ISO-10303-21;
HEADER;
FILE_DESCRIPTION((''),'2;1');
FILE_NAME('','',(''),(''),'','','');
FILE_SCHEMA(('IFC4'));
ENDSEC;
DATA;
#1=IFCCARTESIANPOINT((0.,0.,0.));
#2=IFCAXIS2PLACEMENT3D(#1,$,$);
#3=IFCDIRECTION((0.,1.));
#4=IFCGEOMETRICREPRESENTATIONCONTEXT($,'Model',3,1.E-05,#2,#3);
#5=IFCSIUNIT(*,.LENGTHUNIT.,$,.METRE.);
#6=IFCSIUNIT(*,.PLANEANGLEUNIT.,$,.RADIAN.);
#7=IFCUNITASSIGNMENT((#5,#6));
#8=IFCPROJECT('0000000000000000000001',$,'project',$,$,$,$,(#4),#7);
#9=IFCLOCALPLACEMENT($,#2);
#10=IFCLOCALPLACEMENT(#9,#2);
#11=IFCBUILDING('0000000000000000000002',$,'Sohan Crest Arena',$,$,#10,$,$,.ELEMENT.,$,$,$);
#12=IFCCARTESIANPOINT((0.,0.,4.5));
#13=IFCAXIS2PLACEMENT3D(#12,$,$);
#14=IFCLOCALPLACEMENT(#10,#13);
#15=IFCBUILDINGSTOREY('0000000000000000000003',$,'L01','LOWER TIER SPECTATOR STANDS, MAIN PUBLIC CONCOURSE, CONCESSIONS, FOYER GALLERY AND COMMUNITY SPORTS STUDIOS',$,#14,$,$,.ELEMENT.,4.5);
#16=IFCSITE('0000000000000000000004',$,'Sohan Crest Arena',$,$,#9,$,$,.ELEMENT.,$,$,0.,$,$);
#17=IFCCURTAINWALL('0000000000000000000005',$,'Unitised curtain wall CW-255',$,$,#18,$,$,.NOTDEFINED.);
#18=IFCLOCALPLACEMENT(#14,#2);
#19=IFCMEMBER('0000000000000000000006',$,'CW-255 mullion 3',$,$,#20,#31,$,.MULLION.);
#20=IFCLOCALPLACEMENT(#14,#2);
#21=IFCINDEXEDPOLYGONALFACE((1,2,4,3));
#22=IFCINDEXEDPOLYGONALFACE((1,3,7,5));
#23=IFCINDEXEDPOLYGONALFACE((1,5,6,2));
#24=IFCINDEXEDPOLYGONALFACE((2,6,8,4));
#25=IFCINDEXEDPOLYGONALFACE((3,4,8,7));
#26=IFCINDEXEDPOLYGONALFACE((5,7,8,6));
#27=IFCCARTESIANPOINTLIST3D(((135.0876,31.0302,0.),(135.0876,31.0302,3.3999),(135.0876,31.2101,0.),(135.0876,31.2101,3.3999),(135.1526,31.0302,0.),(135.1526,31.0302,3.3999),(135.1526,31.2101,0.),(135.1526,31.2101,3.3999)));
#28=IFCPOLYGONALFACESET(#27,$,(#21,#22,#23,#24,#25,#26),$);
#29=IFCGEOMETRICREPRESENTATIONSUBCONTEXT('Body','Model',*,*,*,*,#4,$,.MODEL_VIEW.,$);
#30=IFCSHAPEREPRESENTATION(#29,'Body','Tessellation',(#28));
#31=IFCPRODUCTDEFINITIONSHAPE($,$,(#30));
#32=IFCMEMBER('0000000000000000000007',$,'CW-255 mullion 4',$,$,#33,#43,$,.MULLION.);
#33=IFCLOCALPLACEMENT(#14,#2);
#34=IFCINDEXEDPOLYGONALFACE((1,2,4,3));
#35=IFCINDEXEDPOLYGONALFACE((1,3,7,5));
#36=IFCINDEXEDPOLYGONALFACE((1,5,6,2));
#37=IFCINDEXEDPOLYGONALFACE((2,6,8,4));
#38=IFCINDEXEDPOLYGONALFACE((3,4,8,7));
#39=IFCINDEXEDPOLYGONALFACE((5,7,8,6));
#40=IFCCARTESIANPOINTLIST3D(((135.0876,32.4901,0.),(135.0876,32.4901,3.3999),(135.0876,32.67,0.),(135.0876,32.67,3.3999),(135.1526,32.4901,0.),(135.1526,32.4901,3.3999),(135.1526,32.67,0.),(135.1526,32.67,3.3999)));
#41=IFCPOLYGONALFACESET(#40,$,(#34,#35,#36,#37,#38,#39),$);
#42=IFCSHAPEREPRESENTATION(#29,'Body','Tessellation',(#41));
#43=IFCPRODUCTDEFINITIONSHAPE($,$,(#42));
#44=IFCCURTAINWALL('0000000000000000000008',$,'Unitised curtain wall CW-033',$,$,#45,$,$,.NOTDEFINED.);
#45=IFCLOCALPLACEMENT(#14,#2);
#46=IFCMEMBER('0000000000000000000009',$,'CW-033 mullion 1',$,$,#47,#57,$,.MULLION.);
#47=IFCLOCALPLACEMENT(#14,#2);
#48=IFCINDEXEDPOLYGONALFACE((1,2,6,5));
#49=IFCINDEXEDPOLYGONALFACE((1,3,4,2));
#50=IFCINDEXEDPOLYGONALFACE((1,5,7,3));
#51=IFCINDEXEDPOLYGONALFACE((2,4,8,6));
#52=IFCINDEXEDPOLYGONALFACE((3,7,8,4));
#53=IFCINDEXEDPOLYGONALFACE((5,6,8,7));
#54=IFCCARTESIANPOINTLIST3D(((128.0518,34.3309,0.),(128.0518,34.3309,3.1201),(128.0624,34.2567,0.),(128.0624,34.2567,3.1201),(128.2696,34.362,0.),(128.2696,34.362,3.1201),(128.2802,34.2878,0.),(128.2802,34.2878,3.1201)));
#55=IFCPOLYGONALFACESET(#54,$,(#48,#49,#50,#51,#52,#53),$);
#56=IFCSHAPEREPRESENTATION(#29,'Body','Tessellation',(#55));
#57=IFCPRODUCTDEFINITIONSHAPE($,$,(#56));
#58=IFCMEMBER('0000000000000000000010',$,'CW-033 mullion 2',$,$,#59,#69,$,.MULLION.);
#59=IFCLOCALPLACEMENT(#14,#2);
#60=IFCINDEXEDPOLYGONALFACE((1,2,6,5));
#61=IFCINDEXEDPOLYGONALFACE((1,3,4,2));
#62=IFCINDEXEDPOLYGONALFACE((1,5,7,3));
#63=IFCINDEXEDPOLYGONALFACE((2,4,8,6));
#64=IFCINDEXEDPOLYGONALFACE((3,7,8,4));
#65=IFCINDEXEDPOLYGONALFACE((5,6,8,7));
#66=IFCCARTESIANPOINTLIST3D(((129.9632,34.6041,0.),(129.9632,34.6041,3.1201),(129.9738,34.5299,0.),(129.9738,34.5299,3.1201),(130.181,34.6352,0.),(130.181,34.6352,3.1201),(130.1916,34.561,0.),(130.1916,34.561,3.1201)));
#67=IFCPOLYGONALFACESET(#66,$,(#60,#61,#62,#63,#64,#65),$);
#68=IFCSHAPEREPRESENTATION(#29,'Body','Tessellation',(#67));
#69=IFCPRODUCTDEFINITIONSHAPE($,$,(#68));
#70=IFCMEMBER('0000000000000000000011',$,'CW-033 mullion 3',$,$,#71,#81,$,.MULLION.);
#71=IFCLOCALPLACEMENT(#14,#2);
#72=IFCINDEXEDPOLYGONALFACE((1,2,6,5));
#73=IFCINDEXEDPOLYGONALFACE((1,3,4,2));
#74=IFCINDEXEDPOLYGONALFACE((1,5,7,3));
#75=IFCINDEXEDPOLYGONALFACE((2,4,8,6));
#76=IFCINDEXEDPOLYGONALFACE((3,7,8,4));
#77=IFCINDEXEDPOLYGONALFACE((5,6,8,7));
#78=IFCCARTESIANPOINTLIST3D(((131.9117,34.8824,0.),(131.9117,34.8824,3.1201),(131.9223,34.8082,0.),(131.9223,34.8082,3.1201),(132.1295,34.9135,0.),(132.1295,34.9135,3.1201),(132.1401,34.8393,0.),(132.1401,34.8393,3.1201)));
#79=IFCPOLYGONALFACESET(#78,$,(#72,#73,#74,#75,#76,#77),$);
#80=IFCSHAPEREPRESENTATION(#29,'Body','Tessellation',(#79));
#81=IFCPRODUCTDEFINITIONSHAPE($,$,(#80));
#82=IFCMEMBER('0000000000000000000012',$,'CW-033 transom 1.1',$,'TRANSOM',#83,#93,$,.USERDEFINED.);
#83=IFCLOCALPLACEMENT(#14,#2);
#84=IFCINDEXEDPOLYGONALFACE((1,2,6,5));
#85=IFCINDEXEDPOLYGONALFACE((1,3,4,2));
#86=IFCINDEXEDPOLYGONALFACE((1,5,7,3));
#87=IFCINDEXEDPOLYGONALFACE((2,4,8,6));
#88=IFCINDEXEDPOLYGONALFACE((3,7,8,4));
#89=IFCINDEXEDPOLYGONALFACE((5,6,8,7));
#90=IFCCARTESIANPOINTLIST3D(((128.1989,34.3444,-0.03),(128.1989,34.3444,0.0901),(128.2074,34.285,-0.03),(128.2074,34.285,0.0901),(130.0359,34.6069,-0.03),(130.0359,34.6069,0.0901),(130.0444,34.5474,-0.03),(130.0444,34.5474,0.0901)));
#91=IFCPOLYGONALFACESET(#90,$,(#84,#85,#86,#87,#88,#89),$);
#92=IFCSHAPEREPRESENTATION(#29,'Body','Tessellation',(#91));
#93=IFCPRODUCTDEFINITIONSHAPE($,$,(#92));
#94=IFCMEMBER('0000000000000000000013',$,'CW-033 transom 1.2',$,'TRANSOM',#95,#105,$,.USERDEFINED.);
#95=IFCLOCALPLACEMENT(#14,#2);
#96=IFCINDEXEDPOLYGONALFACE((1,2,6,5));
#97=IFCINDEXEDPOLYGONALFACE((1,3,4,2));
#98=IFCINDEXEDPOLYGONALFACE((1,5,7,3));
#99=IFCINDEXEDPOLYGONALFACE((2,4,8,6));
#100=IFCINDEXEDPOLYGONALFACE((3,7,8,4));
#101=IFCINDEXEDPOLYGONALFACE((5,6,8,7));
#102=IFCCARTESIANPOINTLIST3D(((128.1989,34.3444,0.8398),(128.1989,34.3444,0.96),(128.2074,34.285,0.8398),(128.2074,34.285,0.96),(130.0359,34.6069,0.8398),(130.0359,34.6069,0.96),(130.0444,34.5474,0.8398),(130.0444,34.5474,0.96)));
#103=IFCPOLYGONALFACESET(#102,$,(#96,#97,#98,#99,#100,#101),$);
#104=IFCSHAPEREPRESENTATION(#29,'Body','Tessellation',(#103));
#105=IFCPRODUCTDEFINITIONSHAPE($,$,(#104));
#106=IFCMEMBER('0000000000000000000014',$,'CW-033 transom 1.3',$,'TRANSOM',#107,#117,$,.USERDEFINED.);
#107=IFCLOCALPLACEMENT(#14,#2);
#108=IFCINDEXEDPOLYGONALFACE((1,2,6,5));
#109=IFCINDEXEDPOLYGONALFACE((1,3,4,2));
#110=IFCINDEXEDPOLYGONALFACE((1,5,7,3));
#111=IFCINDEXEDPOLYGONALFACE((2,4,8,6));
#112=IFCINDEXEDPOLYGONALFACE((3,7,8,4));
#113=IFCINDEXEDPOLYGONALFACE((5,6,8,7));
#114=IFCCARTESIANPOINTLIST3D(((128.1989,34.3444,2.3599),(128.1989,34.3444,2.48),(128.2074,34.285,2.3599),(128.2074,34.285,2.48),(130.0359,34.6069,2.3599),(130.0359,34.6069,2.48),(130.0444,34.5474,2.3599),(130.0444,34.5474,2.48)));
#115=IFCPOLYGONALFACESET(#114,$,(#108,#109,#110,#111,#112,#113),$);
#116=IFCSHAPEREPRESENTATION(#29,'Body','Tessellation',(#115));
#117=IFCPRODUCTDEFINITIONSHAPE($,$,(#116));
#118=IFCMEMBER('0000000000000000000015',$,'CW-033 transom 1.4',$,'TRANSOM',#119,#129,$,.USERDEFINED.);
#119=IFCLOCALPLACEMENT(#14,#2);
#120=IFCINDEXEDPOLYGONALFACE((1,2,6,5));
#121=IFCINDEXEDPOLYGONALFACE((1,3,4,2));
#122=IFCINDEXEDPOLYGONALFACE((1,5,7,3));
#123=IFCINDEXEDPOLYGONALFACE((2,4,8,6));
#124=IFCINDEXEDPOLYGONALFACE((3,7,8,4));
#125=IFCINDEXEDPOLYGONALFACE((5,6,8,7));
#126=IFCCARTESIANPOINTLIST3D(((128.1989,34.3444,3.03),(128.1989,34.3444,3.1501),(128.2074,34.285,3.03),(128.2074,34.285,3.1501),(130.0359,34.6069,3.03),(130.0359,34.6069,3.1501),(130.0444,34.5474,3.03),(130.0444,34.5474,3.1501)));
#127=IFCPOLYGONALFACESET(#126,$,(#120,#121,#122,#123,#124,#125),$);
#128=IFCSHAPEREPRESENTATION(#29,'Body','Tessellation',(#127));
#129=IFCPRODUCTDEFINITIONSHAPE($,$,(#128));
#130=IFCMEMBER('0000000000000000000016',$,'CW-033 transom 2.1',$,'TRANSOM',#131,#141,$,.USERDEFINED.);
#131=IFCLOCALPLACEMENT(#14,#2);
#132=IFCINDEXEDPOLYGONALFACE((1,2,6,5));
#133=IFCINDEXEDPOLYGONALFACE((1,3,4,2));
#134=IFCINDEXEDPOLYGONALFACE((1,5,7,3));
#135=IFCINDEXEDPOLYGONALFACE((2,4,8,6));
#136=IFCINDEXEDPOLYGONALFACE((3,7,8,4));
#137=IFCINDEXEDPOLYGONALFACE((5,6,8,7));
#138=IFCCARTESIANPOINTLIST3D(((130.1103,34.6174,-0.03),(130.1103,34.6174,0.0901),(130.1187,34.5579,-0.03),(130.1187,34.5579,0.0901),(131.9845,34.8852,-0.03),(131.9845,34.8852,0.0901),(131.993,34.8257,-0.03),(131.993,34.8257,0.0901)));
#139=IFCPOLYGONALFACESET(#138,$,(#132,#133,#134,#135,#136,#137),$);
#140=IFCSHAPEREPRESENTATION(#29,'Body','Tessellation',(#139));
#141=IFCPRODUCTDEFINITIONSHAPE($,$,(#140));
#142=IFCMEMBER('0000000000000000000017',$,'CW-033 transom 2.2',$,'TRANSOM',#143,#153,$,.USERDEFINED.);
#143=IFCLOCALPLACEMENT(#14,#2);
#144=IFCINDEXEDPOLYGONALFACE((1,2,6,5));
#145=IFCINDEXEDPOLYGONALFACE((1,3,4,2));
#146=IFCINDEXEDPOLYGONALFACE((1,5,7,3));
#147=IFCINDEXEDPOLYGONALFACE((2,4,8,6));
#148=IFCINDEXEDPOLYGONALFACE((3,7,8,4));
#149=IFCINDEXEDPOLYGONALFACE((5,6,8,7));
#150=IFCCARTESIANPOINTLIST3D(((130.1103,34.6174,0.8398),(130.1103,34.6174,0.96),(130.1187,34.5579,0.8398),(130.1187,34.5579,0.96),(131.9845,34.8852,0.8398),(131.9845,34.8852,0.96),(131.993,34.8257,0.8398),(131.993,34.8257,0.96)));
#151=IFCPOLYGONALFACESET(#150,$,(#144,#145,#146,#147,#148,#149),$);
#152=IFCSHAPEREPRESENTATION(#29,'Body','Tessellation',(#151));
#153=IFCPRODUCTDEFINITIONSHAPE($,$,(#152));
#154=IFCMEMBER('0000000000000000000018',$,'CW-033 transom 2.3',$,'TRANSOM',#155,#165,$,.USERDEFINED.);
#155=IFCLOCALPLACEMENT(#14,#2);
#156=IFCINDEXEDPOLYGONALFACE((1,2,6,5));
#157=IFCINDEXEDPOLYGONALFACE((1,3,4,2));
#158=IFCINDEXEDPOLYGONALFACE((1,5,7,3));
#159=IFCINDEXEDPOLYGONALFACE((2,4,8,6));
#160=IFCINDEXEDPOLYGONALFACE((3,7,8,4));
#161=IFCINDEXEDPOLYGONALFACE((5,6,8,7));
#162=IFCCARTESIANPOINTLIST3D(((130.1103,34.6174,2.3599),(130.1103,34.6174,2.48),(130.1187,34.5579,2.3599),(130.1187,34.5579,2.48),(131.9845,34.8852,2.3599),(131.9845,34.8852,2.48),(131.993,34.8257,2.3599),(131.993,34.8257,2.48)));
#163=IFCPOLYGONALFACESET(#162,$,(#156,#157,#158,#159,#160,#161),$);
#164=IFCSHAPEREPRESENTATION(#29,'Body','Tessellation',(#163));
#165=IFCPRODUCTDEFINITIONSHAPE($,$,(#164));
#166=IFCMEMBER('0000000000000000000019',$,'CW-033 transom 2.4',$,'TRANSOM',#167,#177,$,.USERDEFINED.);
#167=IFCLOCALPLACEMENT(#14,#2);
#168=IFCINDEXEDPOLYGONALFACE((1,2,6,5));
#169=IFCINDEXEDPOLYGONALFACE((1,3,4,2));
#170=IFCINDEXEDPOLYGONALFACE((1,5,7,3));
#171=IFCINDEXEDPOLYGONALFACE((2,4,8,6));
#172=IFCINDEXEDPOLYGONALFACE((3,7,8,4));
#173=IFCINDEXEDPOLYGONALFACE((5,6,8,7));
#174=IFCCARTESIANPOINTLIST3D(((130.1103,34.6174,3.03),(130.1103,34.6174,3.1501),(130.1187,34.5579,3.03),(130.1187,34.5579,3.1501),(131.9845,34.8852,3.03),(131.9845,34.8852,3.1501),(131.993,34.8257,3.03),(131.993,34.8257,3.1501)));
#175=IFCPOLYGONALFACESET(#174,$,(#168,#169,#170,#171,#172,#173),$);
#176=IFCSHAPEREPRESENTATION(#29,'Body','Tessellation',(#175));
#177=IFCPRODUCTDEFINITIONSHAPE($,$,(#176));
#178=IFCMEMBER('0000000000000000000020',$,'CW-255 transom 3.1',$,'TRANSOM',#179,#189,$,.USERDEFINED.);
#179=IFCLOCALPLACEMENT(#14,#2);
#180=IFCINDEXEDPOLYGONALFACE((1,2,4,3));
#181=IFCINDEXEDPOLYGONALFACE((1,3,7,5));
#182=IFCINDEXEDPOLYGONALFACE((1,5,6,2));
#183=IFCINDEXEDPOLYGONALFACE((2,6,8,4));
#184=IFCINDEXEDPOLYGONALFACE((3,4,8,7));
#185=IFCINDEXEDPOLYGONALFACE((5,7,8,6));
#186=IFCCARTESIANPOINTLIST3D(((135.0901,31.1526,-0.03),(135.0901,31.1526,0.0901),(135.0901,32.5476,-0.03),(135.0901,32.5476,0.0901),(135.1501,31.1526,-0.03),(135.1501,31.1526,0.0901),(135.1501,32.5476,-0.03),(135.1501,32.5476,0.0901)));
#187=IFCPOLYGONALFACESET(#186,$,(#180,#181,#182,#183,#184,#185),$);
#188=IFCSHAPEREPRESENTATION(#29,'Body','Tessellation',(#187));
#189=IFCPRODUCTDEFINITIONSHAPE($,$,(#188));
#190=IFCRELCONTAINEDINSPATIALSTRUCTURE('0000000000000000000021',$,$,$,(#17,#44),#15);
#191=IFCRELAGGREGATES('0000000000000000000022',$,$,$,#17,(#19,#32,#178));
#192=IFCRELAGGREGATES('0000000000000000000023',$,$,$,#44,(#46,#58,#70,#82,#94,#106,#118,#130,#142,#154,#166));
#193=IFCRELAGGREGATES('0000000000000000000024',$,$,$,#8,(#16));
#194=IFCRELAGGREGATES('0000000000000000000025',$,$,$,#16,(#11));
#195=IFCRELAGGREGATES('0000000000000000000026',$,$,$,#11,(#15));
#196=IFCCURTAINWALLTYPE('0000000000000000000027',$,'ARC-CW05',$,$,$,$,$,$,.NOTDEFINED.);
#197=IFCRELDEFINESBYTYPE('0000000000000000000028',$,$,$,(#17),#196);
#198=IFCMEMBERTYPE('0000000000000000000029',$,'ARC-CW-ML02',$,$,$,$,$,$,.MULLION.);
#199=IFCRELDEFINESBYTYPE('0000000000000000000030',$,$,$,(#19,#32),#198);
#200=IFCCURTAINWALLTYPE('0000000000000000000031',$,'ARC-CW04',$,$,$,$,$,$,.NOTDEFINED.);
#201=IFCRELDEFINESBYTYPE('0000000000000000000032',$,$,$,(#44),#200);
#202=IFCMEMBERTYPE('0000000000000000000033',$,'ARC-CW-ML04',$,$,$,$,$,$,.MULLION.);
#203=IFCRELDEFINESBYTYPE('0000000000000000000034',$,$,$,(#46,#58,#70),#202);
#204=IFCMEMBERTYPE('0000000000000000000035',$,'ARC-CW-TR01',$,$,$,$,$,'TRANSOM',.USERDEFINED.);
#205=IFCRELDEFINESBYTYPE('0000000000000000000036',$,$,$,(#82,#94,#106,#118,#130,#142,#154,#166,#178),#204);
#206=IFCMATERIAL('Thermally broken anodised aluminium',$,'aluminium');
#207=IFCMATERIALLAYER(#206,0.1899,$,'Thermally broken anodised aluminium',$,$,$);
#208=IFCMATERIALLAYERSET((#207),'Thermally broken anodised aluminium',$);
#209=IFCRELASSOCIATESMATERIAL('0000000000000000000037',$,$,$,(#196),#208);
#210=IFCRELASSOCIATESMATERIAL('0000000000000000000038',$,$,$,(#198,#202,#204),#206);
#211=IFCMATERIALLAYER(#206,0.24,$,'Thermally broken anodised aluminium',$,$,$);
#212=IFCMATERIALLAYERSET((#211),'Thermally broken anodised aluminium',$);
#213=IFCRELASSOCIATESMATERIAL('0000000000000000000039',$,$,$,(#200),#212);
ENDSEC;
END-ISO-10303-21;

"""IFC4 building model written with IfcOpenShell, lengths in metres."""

from ifc_helpers import new_model, si_unit, direction, frame, origin, origin_2d, place, context, subcontext, project, spatial, rectangle, extrude, material, layer, layer_set, material_profile, profile_set, type_object, element, aggregate, save


model = new_model("IFC4")

# Units and contexts
model_context = context("Model", 3, precision=1e-05, world=origin(), true_north=direction((0.0, 1.0)))
body_context = subcontext(model_context, "Body", "Model", "MODEL_VIEW")
ifc_project = project(units=[si_unit("LENGTHUNIT", "METRE"), si_unit("PLANEANGLEUNIT", "RADIAN")], contexts=[model_context])

# Site, building, storey
site_placement = place(None, origin())
site = spatial("IfcSite", under=ifc_project, at=site_placement, Name="Sohan Crest Arena", CompositionType="ELEMENT", RefElevation=0.0)
building_placement = place(site_placement, origin())
building = spatial("IfcBuilding", under=site, at=building_placement, Name="Sohan Crest Arena", CompositionType="ELEMENT")
storey_placement = place(building_placement, frame((0.0, 0.0, 4.5)))
storey = spatial("IfcBuildingStorey", under=building, at=storey_placement, Name="L01", Description="LOWER TIER SPECTATOR STANDS, MAIN PUBLIC CONCOURSE, CONCESSIONS, FOYER GALLERY AND COMMUNITY SPORTS STUDIOS", CompositionType="ELEMENT", Elevation=4.5)

# Curtain walls, members
ifc_material_1 = material(Name="Thermally broken anodised aluminium", Category="aluminium")
ifc_layer_1 = layer(ifc_material_1, 0.1899, Name="Thermally broken anodised aluminium")
ifc_layer_set_1 = layer_set([ifc_layer_1], Name="Thermally broken anodised aluminium")
curtain_wall_type_1 = type_object("IfcCurtainWallType", Name="ARC-CW05", PredefinedType="NOTDEFINED", material=ifc_layer_set_1)
curtain_wall_1_placement = place(storey_placement, origin())
curtain_wall_1 = element("IfcCurtainWall", 1, at=curtain_wall_1_placement, inside=storey, type_object=curtain_wall_type_1, Name="Unitised curtain wall CW-255", PredefinedType="NOTDEFINED")
ifc_material_profile_1 = material_profile(ifc_material_1, rectangle(XDim=0.0649, YDim=0.1799, at=origin_2d()), Name="ALU-MULL 65x180")
ifc_profile_set_1 = profile_set([ifc_material_profile_1], Name="Thermally broken anodised aluminium")
member_type_1 = type_object("IfcMemberType", Name="ARC-CW-ML02", PredefinedType="MULLION", material=ifc_profile_set_1)
member_1_placement = place(storey_placement, frame((135.1201, 31.1201, 0.0), z_axis=(0.0, 0.0, 1.0), x_axis=(-1.0, 0.0, 0.0)))
member_1 = element("IfcMember", 2, at=member_1_placement, type_object=member_type_1, Name="CW-255 mullion 3", PredefinedType="MULLION", context=body_context, shape_type="SweptSolid", body=[
    extrude(rectangle(XDim=0.0649, YDim=0.1799, at=origin_2d()), origin(), (0.0, 0.0, 1.0), 3.3999),
])
member_2_placement = place(storey_placement, frame((135.1201, 32.5801, 0.0), z_axis=(0.0, 0.0, 1.0), x_axis=(-1.0, 0.0, 0.0)))
member_2 = element("IfcMember", 3, at=member_2_placement, type_object=member_type_1, Name="CW-255 mullion 4", PredefinedType="MULLION", context=body_context, shape_type="SweptSolid", body=[
    extrude(rectangle(XDim=0.0649, YDim=0.1799, at=origin_2d()), origin(), (0.0, 0.0, 1.0), 3.3999),
])
ifc_layer_2 = layer(ifc_material_1, 0.24, Name="Thermally broken anodised aluminium")
ifc_layer_set_2 = layer_set([ifc_layer_2], Name="Thermally broken anodised aluminium")
curtain_wall_type_2 = type_object("IfcCurtainWallType", Name="ARC-CW04", PredefinedType="NOTDEFINED", material=ifc_layer_set_2)
curtain_wall_2_placement = place(storey_placement, origin())
curtain_wall_2 = element("IfcCurtainWall", 4, at=curtain_wall_2_placement, inside=storey, type_object=curtain_wall_type_2, Name="Unitised curtain wall CW-033", PredefinedType="NOTDEFINED")
ifc_material_profile_2 = material_profile(ifc_material_1, rectangle(XDim=0.075, YDim=0.22, at=origin_2d()), Name="ALU-MULL 75x220")
ifc_profile_set_2 = profile_set([ifc_material_profile_2], Name="Thermally broken anodised aluminium")
member_type_2 = type_object("IfcMemberType", Name="ARC-CW-ML04", PredefinedType="MULLION", material=ifc_profile_set_2)
member_3_placement = place(storey_placement, frame((128.166, 34.3093, 0.0), z_axis=(0.0, 0.0, 1.0), x_axis=(-0.14145, 0.989945, 0.0)))
member_3 = element("IfcMember", 5, at=member_3_placement, type_object=member_type_2, Name="CW-033 mullion 1", PredefinedType="MULLION", context=body_context, shape_type="SweptSolid", body=[
    extrude(rectangle(XDim=0.075, YDim=0.22, at=origin_2d()), origin(), (0.0, 0.0, 1.0), 3.1201),
])
member_4_placement = place(storey_placement, frame((130.0774, 34.5825, 0.0), z_axis=(0.0, 0.0, 1.0), x_axis=(-0.14145, 0.989945, 0.0)))
member_4 = element("IfcMember", 6, at=member_4_placement, type_object=member_type_2, Name="CW-033 mullion 2", PredefinedType="MULLION", context=body_context, shape_type="SweptSolid", body=[
    extrude(rectangle(XDim=0.075, YDim=0.22, at=origin_2d()), origin(), (0.0, 0.0, 1.0), 3.1201),
])
member_5_placement = place(storey_placement, frame((132.0259, 34.8608, 0.0), z_axis=(0.0, 0.0, 1.0), x_axis=(-0.14145, 0.989945, 0.0)))
member_5 = element("IfcMember", 7, at=member_5_placement, type_object=member_type_2, Name="CW-033 mullion 3", PredefinedType="MULLION", context=body_context, shape_type="SweptSolid", body=[
    extrude(rectangle(XDim=0.075, YDim=0.22, at=origin_2d()), origin(), (0.0, 0.0, 1.0), 3.1201),
])
ifc_material_profile_3 = material_profile(ifc_material_1, rectangle(XDim=0.0601, YDim=0.1201, at=origin_2d()), Name="ALU-TRAN 60x120")
ifc_profile_set_3 = profile_set([ifc_material_profile_3], Name="Thermally broken anodised aluminium")
member_type_3 = type_object("IfcMemberType", Name="ARC-CW-TR01", ElementType="TRANSOM", PredefinedType="USERDEFINED", material=ifc_profile_set_3)
member_6_placement = place(storey_placement, frame((128.2031, 34.3147, 0.03), z_axis=(0.989949, 0.141421, 0.0), x_axis=(-0.141421, 0.989949, 0.0)))
member_6 = element("IfcMember", 8, at=member_6_placement, type_object=member_type_3, Name="CW-033 transom 1.1", ObjectType="TRANSOM", PredefinedType="USERDEFINED", context=body_context, shape_type="SweptSolid", body=[
    extrude(rectangle(XDim=0.0601, YDim=0.1201, at=origin_2d()), origin(), (0.0, 0.0, 1.0), 1.8557),
])
member_7_placement = place(storey_placement, frame((128.2031, 34.3147, 0.8999), z_axis=(0.989949, 0.141421, 0.0), x_axis=(-0.141421, 0.989949, 0.0)))
member_7 = element("IfcMember", 9, at=member_7_placement, type_object=member_type_3, Name="CW-033 transom 1.2", ObjectType="TRANSOM", PredefinedType="USERDEFINED", context=body_context, shape_type="SweptSolid", body=[
    extrude(rectangle(XDim=0.0601, YDim=0.1201, at=origin_2d()), origin(), (0.0, 0.0, 1.0), 1.8557),
])
member_8_placement = place(storey_placement, frame((128.2031, 34.3147, 2.4199), z_axis=(0.989949, 0.141421, 0.0), x_axis=(-0.141421, 0.989949, 0.0)))
member_8 = element("IfcMember", 10, at=member_8_placement, type_object=member_type_3, Name="CW-033 transom 1.3", ObjectType="TRANSOM", PredefinedType="USERDEFINED", context=body_context, shape_type="SweptSolid", body=[
    extrude(rectangle(XDim=0.0601, YDim=0.1201, at=origin_2d()), origin(), (0.0, 0.0, 1.0), 1.8557),
])
member_9_placement = place(storey_placement, frame((128.2031, 34.3147, 3.0901), z_axis=(0.989949, 0.141421, 0.0), x_axis=(-0.141421, 0.989949, 0.0)))
member_9 = element("IfcMember", 11, at=member_9_placement, type_object=member_type_3, Name="CW-033 transom 1.4", ObjectType="TRANSOM", PredefinedType="USERDEFINED", context=body_context, shape_type="SweptSolid", body=[
    extrude(rectangle(XDim=0.0601, YDim=0.1201, at=origin_2d()), origin(), (0.0, 0.0, 1.0), 1.8557),
])
member_10_placement = place(storey_placement, frame((130.1145, 34.5876, 0.03), z_axis=(0.989944, 0.141457, 0.0), x_axis=(-0.141457, 0.989944, 0.0)))
member_10 = element("IfcMember", 12, at=member_10_placement, type_object=member_type_3, Name="CW-033 transom 2.1", ObjectType="TRANSOM", PredefinedType="USERDEFINED", context=body_context, shape_type="SweptSolid", body=[
    extrude(rectangle(XDim=0.0601, YDim=0.1201, at=origin_2d()), origin(), (0.0, 0.0, 1.0), 1.8933),
])
member_11_placement = place(storey_placement, frame((130.1145, 34.5876, 0.8999), z_axis=(0.989944, 0.141457, 0.0), x_axis=(-0.141457, 0.989944, 0.0)))
member_11 = element("IfcMember", 13, at=member_11_placement, type_object=member_type_3, Name="CW-033 transom 2.2", ObjectType="TRANSOM", PredefinedType="USERDEFINED", context=body_context, shape_type="SweptSolid", body=[
    extrude(rectangle(XDim=0.0601, YDim=0.1201, at=origin_2d()), origin(), (0.0, 0.0, 1.0), 1.8933),
])
member_12_placement = place(storey_placement, frame((130.1145, 34.5876, 2.4199), z_axis=(0.989944, 0.141457, 0.0), x_axis=(-0.141457, 0.989944, 0.0)))
member_12 = element("IfcMember", 14, at=member_12_placement, type_object=member_type_3, Name="CW-033 transom 2.3", ObjectType="TRANSOM", PredefinedType="USERDEFINED", context=body_context, shape_type="SweptSolid", body=[
    extrude(rectangle(XDim=0.0601, YDim=0.1201, at=origin_2d()), origin(), (0.0, 0.0, 1.0), 1.8933),
])
member_13_placement = place(storey_placement, frame((130.1145, 34.5876, 3.0901), z_axis=(0.989944, 0.141457, 0.0), x_axis=(-0.141457, 0.989944, 0.0)))
member_13 = element("IfcMember", 15, at=member_13_placement, type_object=member_type_3, Name="CW-033 transom 2.4", ObjectType="TRANSOM", PredefinedType="USERDEFINED", context=body_context, shape_type="SweptSolid", body=[
    extrude(rectangle(XDim=0.0601, YDim=0.1201, at=origin_2d()), origin(), (0.0, 0.0, 1.0), 1.8933),
])

# Member
member_14_placement = place(storey_placement, frame((135.1201, 31.1526, 0.03), z_axis=(0.0, 1.0, 0.0), x_axis=(-1.0, 0.0, 0.0)))
member_14 = element("IfcMember", 16, at=member_14_placement, type_object=member_type_3, Name="CW-255 transom 3.1", ObjectType="TRANSOM", PredefinedType="USERDEFINED", context=body_context, shape_type="SweptSolid", body=[
    extrude(rectangle(XDim=0.0601, YDim=0.1201, at=origin_2d()), origin(), (0.0, 0.0, 1.0), 1.395),
])

aggregate(curtain_wall_1, [member_1, member_2, member_14])
aggregate(curtain_wall_2, [member_3, member_4, member_5, member_6, member_7, member_8, member_9, member_10, member_11, member_12, member_13])

save(model, "model.ifc")
